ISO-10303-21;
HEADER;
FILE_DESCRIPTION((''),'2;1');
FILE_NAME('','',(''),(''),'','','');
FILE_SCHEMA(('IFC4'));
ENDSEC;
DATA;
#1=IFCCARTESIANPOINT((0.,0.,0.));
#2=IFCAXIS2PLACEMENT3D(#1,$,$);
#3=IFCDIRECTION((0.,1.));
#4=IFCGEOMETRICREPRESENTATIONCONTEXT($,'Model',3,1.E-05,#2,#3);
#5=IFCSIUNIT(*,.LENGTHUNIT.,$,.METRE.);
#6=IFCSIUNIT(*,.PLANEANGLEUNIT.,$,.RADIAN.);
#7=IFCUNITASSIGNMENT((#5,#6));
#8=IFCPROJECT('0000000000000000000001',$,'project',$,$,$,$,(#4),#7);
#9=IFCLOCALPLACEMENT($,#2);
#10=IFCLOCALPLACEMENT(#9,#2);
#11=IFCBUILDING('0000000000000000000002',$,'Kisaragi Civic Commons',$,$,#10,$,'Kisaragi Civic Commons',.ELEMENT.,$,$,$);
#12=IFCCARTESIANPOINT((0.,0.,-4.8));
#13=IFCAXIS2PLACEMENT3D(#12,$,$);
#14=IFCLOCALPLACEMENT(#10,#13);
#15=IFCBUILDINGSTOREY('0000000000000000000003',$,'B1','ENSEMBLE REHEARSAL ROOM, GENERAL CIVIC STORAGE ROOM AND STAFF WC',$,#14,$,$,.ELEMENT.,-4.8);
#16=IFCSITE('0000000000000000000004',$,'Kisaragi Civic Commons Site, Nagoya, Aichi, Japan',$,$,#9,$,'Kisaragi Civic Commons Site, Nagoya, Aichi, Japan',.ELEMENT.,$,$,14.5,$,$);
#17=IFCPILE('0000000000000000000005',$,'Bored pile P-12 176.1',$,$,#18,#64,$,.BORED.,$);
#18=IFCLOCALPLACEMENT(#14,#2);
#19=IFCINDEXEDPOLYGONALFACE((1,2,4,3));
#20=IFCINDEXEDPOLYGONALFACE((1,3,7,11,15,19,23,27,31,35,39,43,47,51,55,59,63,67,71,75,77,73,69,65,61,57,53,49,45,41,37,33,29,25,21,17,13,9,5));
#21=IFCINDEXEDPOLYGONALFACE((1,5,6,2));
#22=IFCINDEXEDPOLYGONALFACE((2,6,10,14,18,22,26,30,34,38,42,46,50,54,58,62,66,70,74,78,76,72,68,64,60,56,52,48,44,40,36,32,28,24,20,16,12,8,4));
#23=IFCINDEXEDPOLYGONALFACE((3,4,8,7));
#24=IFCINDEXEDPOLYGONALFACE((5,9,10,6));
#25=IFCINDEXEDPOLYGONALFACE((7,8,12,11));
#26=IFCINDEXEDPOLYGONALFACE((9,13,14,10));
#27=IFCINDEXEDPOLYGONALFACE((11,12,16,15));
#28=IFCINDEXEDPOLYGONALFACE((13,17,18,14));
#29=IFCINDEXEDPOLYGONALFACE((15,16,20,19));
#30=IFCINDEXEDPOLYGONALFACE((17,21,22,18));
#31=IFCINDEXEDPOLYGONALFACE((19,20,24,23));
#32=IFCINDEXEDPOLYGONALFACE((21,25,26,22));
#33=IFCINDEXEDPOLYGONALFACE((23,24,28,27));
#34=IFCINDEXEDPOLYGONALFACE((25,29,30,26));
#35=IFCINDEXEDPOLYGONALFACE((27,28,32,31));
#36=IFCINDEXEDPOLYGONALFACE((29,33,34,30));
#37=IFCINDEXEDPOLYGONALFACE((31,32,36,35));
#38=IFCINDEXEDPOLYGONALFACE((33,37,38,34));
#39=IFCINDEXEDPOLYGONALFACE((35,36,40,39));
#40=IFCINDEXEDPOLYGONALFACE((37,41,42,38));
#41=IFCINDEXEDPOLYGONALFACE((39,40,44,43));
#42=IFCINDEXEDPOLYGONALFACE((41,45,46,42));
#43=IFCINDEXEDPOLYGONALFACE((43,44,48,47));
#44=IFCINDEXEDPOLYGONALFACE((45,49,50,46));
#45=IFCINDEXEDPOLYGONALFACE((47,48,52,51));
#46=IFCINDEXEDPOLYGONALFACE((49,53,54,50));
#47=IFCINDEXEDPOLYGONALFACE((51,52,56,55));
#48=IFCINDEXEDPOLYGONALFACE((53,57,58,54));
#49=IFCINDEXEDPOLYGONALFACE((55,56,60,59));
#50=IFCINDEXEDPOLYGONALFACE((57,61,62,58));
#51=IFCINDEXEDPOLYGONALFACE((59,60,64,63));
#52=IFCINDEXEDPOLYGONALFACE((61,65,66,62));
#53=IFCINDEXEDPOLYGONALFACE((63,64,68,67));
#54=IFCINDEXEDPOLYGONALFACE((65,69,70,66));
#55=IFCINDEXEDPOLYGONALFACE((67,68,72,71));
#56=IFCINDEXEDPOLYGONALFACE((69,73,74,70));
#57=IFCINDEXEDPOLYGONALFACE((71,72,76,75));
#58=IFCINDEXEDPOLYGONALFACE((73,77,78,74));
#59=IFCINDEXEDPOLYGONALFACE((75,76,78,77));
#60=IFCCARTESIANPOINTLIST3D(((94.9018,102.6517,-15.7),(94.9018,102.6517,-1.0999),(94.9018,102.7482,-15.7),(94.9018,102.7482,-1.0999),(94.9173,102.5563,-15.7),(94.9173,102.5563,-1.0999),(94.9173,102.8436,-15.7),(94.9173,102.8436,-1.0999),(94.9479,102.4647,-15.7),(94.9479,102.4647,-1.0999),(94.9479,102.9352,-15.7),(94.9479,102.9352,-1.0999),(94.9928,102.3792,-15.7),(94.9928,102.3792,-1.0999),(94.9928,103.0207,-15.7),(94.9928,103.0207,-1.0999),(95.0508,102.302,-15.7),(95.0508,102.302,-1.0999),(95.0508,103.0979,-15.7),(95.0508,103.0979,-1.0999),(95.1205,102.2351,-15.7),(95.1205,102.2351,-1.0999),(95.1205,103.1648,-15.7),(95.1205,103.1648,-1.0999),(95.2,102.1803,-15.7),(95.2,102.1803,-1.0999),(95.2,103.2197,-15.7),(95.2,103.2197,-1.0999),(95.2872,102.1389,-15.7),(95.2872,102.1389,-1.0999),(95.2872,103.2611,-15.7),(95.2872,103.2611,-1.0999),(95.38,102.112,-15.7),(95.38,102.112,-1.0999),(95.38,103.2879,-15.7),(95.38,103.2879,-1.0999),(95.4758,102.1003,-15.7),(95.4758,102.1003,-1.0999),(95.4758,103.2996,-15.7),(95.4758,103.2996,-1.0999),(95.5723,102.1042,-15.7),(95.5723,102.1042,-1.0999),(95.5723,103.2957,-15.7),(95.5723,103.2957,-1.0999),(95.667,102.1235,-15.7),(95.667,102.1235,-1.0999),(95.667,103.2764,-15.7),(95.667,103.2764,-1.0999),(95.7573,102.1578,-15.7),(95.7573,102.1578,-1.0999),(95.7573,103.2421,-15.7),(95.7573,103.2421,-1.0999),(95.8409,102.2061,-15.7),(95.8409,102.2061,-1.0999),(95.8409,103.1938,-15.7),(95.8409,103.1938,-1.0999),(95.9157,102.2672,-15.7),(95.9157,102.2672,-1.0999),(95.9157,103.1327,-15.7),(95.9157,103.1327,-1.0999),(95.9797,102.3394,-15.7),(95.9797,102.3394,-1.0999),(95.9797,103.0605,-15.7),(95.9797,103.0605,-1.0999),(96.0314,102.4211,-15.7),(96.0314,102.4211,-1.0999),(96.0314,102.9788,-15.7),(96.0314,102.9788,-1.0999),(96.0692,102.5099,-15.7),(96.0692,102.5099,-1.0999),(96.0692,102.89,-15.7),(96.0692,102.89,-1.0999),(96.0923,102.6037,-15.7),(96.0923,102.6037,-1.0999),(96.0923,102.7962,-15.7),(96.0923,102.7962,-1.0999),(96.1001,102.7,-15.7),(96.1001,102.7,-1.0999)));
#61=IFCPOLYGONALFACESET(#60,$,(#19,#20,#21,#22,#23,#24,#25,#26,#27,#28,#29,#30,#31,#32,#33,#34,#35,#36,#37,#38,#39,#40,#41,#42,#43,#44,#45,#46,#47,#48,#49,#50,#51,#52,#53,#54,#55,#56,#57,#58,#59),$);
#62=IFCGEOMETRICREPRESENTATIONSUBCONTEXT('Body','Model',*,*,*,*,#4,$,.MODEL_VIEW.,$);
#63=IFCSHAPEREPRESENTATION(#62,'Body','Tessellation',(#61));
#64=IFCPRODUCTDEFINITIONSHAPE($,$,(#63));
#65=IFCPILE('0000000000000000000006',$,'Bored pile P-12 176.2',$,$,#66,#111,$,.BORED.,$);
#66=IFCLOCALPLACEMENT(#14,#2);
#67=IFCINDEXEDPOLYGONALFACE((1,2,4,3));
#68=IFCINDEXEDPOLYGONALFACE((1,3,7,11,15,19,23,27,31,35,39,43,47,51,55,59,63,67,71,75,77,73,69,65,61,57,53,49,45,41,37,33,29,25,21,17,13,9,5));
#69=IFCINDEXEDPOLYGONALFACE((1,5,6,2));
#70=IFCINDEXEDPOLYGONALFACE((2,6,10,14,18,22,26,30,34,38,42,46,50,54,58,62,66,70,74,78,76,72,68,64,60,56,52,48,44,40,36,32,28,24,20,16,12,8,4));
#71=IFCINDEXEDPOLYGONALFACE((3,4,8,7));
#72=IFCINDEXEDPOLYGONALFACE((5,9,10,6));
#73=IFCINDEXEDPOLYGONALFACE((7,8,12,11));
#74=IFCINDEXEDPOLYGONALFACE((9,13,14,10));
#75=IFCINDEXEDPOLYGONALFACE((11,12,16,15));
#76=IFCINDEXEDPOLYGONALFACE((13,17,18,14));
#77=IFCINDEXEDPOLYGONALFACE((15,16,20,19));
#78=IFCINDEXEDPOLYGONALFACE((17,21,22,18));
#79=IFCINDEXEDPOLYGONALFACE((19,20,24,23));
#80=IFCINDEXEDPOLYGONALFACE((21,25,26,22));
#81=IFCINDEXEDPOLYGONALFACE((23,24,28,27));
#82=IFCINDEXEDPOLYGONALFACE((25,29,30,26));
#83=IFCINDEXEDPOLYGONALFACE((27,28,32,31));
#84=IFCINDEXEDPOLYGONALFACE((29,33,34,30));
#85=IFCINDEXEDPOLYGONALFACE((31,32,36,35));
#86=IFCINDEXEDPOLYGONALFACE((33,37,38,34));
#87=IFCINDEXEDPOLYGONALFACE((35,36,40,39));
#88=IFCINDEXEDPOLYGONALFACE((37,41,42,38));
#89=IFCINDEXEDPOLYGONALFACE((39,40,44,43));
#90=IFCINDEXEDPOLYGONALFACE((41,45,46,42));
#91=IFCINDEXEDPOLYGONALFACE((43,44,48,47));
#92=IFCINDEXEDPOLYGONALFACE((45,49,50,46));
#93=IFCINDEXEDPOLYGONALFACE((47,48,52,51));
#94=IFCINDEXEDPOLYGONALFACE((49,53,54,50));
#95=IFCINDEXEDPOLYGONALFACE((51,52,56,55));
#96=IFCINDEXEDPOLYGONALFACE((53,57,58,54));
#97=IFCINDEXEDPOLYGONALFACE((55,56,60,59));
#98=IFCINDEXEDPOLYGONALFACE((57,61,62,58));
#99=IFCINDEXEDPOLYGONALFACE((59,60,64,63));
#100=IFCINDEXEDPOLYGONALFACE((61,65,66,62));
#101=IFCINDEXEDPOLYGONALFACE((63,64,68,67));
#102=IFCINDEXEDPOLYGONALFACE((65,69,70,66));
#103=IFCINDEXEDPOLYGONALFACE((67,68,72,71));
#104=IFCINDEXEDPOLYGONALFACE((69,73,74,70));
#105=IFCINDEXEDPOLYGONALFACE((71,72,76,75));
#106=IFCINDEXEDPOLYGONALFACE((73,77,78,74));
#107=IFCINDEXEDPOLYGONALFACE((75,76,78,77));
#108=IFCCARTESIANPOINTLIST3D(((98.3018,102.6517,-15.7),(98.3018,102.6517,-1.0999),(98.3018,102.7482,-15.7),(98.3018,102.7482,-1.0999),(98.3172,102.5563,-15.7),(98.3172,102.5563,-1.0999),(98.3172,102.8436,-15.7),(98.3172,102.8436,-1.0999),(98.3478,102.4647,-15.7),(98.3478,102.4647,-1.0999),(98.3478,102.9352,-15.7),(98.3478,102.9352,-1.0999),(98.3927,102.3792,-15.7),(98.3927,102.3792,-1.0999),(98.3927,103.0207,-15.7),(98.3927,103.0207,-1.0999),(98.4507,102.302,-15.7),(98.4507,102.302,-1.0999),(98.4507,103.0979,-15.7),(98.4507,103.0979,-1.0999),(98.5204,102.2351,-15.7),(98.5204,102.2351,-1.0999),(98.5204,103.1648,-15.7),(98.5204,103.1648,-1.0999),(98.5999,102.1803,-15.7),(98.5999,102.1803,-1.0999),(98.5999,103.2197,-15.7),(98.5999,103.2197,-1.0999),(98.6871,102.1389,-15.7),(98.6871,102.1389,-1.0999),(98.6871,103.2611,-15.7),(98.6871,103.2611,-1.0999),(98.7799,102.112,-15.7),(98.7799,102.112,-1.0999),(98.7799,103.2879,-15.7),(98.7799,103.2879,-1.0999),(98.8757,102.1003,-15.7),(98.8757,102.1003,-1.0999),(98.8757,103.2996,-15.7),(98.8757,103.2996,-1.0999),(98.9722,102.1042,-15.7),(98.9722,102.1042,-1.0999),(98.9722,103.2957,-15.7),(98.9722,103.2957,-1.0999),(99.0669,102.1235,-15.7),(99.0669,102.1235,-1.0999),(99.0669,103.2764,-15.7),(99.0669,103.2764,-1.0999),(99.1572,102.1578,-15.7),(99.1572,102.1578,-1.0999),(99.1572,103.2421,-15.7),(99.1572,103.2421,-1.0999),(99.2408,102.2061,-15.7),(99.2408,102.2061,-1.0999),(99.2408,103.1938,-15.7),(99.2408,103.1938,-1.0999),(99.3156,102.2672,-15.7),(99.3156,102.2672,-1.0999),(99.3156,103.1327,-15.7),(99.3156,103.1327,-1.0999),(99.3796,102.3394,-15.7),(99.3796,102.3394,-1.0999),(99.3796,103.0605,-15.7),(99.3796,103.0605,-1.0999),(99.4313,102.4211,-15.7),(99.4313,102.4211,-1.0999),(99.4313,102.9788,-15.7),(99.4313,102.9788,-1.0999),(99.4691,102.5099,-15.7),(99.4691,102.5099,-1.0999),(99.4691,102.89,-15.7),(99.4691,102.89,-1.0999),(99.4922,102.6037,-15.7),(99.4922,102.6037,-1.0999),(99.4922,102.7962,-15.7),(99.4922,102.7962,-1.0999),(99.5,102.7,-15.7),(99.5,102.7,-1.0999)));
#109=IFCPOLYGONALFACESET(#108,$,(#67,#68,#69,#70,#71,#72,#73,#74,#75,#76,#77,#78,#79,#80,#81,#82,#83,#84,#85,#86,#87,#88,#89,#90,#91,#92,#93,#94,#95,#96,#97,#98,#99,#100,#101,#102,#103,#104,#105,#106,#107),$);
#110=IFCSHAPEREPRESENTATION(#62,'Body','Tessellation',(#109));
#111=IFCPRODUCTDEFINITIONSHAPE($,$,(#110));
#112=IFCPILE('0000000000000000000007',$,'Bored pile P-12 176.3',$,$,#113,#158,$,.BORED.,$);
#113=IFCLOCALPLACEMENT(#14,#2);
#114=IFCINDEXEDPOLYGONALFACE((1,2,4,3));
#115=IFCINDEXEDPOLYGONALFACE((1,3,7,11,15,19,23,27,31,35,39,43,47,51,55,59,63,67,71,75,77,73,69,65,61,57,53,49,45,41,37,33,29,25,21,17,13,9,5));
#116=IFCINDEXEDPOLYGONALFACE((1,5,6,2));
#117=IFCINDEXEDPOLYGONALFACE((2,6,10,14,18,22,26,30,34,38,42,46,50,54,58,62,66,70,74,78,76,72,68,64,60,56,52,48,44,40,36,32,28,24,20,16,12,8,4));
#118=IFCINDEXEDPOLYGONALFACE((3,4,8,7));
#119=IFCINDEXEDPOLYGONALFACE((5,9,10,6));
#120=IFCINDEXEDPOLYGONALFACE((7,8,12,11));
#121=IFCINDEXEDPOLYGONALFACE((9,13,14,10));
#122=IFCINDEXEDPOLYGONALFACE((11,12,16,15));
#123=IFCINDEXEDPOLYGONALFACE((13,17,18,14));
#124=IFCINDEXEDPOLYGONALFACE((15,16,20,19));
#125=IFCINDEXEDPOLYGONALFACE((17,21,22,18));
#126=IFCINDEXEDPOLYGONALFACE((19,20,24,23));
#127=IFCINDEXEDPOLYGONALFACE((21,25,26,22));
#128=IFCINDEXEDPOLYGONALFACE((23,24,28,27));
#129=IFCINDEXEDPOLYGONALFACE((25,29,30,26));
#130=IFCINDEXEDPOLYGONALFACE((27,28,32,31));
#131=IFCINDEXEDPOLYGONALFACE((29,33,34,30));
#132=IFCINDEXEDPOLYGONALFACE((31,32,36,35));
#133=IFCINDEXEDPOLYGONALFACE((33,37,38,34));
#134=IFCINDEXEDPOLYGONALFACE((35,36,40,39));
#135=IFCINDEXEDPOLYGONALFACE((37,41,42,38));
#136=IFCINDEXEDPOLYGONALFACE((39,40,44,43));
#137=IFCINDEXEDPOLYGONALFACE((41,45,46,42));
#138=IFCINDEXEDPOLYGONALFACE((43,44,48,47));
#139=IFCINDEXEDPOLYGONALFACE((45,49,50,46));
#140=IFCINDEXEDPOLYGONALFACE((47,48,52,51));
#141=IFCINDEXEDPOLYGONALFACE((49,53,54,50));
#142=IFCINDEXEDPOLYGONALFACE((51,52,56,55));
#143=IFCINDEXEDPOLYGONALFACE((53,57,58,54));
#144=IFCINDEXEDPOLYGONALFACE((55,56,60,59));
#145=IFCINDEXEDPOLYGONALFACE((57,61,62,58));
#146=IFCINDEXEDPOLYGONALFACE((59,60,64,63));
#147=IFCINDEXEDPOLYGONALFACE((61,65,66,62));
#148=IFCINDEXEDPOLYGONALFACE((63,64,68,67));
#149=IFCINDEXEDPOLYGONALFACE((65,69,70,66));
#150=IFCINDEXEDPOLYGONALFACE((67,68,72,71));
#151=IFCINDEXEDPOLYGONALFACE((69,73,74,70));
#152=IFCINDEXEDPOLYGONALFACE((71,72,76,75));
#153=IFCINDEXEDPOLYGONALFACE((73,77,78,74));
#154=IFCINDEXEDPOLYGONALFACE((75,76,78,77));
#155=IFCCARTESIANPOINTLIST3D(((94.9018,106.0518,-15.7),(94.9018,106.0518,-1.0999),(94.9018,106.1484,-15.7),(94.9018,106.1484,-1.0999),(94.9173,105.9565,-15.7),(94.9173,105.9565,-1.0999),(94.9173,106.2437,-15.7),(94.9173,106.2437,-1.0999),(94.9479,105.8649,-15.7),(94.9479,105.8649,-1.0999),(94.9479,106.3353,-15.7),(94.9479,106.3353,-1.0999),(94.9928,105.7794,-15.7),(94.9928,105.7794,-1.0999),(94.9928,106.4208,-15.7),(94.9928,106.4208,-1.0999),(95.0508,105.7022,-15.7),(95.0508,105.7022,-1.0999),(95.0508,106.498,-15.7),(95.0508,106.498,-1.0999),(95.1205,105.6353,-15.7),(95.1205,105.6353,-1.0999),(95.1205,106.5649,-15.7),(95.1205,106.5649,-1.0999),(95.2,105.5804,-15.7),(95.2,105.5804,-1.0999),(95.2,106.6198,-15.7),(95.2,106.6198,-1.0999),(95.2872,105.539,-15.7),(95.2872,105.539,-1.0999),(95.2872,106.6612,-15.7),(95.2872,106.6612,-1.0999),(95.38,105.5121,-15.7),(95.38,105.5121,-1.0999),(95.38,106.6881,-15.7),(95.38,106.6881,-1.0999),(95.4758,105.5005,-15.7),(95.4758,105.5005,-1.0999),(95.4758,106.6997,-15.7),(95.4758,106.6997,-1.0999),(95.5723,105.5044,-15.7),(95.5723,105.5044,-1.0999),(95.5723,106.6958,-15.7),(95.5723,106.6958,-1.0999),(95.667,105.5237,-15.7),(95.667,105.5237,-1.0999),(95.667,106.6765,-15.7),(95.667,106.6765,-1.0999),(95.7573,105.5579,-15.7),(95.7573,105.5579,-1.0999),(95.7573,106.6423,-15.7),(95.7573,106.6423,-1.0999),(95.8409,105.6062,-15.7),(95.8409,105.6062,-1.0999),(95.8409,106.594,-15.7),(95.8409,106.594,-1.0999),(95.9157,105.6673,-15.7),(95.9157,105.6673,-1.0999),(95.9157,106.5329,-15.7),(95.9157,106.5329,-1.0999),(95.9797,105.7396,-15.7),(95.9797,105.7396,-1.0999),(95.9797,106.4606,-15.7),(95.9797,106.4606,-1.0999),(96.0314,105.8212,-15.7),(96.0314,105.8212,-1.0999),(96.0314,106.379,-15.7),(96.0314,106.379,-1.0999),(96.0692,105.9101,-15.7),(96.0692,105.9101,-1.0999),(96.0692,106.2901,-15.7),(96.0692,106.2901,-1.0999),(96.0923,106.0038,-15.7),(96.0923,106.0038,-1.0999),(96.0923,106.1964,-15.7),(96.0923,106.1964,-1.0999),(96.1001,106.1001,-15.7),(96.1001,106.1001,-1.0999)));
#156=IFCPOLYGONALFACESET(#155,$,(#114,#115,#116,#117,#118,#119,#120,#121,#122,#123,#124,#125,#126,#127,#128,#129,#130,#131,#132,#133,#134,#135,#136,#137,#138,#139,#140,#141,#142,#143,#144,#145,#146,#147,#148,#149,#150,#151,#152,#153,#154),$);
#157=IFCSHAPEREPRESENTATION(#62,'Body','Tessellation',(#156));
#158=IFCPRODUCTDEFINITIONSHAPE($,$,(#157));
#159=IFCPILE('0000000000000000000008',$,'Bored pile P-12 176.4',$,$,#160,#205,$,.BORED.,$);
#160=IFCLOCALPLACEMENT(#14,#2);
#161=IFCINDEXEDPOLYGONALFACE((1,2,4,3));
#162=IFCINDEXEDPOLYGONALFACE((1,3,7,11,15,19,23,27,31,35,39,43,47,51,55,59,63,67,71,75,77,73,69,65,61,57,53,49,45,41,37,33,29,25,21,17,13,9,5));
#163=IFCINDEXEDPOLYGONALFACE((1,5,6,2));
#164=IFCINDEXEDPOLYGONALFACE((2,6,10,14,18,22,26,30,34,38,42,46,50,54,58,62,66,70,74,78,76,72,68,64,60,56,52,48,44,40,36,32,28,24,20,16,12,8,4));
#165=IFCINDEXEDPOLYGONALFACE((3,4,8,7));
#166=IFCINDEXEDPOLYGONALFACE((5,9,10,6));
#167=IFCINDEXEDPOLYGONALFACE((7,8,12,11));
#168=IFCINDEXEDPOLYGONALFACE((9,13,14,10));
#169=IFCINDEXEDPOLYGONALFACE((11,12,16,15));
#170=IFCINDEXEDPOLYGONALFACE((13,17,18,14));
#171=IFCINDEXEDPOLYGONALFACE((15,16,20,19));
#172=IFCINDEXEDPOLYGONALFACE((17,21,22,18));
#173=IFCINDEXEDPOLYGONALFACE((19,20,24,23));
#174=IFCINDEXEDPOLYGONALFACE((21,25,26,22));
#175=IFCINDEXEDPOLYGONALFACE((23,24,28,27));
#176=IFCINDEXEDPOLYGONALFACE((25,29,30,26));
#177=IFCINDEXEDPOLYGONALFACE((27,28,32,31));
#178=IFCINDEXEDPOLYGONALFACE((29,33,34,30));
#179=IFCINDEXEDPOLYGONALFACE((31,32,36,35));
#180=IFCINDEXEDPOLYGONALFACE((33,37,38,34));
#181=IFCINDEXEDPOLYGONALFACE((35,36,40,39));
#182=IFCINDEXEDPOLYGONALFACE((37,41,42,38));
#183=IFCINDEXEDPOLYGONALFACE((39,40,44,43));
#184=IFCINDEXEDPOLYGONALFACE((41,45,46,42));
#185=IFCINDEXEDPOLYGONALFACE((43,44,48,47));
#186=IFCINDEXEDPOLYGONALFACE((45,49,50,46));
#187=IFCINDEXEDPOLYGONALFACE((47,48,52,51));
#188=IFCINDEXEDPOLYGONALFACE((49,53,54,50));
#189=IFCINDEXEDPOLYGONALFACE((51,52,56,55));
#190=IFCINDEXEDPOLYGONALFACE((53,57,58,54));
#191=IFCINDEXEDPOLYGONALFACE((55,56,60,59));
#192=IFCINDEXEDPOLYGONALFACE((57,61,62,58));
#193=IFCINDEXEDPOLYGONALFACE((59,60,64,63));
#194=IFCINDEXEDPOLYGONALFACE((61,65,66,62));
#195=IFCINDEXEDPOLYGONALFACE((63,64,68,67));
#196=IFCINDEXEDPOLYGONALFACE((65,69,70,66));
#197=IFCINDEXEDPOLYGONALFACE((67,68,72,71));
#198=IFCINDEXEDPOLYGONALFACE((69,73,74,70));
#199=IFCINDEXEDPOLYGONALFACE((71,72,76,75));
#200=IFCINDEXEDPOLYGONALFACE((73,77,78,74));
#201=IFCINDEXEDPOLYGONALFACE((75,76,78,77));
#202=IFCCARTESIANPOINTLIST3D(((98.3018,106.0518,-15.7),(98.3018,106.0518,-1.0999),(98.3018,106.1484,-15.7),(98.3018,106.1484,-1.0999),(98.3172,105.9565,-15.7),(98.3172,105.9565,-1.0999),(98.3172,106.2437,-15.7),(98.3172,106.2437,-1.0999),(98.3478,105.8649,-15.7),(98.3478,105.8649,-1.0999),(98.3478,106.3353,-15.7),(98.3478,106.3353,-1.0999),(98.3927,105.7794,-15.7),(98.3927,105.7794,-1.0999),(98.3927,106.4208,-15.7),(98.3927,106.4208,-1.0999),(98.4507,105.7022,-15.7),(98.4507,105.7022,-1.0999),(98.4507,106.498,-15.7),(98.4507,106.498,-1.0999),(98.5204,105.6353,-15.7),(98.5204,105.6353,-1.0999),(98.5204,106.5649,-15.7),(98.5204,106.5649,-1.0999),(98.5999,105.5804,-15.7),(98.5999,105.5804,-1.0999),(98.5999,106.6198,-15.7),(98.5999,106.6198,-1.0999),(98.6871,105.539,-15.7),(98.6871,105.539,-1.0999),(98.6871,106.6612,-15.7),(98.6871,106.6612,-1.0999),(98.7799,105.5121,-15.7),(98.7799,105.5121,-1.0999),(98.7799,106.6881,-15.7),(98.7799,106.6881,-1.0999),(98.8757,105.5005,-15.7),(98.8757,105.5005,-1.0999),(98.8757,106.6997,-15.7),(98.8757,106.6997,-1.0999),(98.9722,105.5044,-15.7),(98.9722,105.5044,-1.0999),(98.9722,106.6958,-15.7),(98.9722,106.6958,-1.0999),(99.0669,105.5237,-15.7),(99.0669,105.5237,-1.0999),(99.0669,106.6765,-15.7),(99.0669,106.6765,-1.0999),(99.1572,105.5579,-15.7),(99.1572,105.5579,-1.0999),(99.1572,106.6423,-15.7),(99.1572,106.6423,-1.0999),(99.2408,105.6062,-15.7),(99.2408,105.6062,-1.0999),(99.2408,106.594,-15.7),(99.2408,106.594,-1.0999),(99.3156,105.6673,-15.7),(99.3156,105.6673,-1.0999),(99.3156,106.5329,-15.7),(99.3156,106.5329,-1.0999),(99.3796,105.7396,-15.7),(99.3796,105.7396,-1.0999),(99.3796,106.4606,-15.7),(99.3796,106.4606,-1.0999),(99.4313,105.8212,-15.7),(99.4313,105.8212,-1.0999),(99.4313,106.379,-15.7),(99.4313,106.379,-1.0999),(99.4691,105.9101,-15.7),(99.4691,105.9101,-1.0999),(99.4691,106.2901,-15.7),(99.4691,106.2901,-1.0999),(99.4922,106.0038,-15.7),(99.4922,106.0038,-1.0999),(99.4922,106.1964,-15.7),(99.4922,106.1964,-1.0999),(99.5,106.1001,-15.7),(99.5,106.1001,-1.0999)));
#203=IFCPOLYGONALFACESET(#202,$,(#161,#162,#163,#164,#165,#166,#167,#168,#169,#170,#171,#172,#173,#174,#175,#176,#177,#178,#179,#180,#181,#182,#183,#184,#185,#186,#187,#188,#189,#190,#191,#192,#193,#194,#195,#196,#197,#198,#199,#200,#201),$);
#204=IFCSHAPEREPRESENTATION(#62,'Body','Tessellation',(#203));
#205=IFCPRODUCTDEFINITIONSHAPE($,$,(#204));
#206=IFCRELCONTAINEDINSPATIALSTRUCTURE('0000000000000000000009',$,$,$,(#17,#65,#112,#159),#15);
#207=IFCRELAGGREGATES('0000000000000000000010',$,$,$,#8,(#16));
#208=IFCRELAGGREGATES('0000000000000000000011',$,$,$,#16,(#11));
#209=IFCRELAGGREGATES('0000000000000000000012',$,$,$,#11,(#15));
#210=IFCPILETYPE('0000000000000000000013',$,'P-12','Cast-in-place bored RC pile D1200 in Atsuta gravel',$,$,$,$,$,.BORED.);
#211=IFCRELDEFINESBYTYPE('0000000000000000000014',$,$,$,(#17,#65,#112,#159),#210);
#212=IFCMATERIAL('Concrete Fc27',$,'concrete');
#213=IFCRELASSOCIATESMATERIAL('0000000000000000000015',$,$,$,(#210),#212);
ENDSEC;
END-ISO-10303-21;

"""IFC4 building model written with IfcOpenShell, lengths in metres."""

from ifc_helpers import new_model, si_unit, direction, frame, origin, origin_2d, place, context, subcontext, project, spatial, circle, extrude, material, material_profile, profile_set, type_object, element, save


model = new_model("IFC4")

# Units and contexts
model_context = context("Model", 3, precision=1e-05, world=origin(), true_north=direction((0.0, 1.0)))
body_context = subcontext(model_context, "Body", "Model", "MODEL_VIEW")
ifc_project = project(units=[si_unit("LENGTHUNIT", "METRE"), si_unit("PLANEANGLEUNIT", "RADIAN")], contexts=[model_context])

# Site, building, storey
site_placement = place(None, origin())
site = spatial("IfcSite", under=ifc_project, at=site_placement, Name="Kisaragi Civic Commons Site, Nagoya, Aichi, Japan", LongName="Kisaragi Civic Commons Site, Nagoya, Aichi, Japan", CompositionType="ELEMENT", RefElevation=14.5)
building_placement = place(site_placement, origin())
building = spatial("IfcBuilding", under=site, at=building_placement, Name="Kisaragi Civic Commons", LongName="Kisaragi Civic Commons", CompositionType="ELEMENT")
storey_placement = place(building_placement, frame((0.0, 0.0, -4.8)))
storey = spatial("IfcBuildingStorey", under=building, at=storey_placement, Name="B1", Description="ENSEMBLE REHEARSAL ROOM, GENERAL CIVIC STORAGE ROOM AND STAFF WC", CompositionType="ELEMENT", Elevation=-4.8)

# Shared definitions
ifc_material_1 = material(Name="Concrete Fc27", Category="concrete")

# Piles
ifc_material_profile_1 = material_profile(ifc_material_1, circle(Radius=0.6001, at=origin_2d()), Name="PILE-D1200", Category="concrete")
ifc_profile_set_1 = profile_set([ifc_material_profile_1], Name="Concrete Fc27")
pile_type_1 = type_object("IfcPileType", Name="P-12", Description="Cast-in-place bored RC pile D1200 in Atsuta gravel", PredefinedType="BORED", material=ifc_profile_set_1)
for number, where, z_axis, x_axis, name in (
    (1, (95.5, 102.7, -1.0999), (0.0, 0.0, -1.0), (1.0, 0.0, 0.0), "Bored pile P-12 176.1"),
    (2, (98.8999, 102.7, -1.0999), (0.0, 0.0, -1.0), (1.0, 0.0, 0.0), "Bored pile P-12 176.2"),
    (3, (95.5, 106.1001, -1.0999), (0.0, 0.0, -1.0), (1.0, 0.0, 0.0), "Bored pile P-12 176.3"),
    (4, (98.8999, 106.1001, -1.0999), (0.0, 0.0, -1.0), (1.0, 0.0, 0.0), "Bored pile P-12 176.4"),
):
    element("IfcPile", number, at=place(storey_placement, frame(where, z_axis=z_axis, x_axis=x_axis)), inside=storey, type_object=pile_type_1, Name=name, PredefinedType="BORED", context=body_context, shape_type="SweptSolid", body=[
        extrude(circle(Radius=0.6001, at=origin_2d()), origin(), (0.0, 0.0, 1.0), 14.6001),
    ])

save(model, "model.ifc")
